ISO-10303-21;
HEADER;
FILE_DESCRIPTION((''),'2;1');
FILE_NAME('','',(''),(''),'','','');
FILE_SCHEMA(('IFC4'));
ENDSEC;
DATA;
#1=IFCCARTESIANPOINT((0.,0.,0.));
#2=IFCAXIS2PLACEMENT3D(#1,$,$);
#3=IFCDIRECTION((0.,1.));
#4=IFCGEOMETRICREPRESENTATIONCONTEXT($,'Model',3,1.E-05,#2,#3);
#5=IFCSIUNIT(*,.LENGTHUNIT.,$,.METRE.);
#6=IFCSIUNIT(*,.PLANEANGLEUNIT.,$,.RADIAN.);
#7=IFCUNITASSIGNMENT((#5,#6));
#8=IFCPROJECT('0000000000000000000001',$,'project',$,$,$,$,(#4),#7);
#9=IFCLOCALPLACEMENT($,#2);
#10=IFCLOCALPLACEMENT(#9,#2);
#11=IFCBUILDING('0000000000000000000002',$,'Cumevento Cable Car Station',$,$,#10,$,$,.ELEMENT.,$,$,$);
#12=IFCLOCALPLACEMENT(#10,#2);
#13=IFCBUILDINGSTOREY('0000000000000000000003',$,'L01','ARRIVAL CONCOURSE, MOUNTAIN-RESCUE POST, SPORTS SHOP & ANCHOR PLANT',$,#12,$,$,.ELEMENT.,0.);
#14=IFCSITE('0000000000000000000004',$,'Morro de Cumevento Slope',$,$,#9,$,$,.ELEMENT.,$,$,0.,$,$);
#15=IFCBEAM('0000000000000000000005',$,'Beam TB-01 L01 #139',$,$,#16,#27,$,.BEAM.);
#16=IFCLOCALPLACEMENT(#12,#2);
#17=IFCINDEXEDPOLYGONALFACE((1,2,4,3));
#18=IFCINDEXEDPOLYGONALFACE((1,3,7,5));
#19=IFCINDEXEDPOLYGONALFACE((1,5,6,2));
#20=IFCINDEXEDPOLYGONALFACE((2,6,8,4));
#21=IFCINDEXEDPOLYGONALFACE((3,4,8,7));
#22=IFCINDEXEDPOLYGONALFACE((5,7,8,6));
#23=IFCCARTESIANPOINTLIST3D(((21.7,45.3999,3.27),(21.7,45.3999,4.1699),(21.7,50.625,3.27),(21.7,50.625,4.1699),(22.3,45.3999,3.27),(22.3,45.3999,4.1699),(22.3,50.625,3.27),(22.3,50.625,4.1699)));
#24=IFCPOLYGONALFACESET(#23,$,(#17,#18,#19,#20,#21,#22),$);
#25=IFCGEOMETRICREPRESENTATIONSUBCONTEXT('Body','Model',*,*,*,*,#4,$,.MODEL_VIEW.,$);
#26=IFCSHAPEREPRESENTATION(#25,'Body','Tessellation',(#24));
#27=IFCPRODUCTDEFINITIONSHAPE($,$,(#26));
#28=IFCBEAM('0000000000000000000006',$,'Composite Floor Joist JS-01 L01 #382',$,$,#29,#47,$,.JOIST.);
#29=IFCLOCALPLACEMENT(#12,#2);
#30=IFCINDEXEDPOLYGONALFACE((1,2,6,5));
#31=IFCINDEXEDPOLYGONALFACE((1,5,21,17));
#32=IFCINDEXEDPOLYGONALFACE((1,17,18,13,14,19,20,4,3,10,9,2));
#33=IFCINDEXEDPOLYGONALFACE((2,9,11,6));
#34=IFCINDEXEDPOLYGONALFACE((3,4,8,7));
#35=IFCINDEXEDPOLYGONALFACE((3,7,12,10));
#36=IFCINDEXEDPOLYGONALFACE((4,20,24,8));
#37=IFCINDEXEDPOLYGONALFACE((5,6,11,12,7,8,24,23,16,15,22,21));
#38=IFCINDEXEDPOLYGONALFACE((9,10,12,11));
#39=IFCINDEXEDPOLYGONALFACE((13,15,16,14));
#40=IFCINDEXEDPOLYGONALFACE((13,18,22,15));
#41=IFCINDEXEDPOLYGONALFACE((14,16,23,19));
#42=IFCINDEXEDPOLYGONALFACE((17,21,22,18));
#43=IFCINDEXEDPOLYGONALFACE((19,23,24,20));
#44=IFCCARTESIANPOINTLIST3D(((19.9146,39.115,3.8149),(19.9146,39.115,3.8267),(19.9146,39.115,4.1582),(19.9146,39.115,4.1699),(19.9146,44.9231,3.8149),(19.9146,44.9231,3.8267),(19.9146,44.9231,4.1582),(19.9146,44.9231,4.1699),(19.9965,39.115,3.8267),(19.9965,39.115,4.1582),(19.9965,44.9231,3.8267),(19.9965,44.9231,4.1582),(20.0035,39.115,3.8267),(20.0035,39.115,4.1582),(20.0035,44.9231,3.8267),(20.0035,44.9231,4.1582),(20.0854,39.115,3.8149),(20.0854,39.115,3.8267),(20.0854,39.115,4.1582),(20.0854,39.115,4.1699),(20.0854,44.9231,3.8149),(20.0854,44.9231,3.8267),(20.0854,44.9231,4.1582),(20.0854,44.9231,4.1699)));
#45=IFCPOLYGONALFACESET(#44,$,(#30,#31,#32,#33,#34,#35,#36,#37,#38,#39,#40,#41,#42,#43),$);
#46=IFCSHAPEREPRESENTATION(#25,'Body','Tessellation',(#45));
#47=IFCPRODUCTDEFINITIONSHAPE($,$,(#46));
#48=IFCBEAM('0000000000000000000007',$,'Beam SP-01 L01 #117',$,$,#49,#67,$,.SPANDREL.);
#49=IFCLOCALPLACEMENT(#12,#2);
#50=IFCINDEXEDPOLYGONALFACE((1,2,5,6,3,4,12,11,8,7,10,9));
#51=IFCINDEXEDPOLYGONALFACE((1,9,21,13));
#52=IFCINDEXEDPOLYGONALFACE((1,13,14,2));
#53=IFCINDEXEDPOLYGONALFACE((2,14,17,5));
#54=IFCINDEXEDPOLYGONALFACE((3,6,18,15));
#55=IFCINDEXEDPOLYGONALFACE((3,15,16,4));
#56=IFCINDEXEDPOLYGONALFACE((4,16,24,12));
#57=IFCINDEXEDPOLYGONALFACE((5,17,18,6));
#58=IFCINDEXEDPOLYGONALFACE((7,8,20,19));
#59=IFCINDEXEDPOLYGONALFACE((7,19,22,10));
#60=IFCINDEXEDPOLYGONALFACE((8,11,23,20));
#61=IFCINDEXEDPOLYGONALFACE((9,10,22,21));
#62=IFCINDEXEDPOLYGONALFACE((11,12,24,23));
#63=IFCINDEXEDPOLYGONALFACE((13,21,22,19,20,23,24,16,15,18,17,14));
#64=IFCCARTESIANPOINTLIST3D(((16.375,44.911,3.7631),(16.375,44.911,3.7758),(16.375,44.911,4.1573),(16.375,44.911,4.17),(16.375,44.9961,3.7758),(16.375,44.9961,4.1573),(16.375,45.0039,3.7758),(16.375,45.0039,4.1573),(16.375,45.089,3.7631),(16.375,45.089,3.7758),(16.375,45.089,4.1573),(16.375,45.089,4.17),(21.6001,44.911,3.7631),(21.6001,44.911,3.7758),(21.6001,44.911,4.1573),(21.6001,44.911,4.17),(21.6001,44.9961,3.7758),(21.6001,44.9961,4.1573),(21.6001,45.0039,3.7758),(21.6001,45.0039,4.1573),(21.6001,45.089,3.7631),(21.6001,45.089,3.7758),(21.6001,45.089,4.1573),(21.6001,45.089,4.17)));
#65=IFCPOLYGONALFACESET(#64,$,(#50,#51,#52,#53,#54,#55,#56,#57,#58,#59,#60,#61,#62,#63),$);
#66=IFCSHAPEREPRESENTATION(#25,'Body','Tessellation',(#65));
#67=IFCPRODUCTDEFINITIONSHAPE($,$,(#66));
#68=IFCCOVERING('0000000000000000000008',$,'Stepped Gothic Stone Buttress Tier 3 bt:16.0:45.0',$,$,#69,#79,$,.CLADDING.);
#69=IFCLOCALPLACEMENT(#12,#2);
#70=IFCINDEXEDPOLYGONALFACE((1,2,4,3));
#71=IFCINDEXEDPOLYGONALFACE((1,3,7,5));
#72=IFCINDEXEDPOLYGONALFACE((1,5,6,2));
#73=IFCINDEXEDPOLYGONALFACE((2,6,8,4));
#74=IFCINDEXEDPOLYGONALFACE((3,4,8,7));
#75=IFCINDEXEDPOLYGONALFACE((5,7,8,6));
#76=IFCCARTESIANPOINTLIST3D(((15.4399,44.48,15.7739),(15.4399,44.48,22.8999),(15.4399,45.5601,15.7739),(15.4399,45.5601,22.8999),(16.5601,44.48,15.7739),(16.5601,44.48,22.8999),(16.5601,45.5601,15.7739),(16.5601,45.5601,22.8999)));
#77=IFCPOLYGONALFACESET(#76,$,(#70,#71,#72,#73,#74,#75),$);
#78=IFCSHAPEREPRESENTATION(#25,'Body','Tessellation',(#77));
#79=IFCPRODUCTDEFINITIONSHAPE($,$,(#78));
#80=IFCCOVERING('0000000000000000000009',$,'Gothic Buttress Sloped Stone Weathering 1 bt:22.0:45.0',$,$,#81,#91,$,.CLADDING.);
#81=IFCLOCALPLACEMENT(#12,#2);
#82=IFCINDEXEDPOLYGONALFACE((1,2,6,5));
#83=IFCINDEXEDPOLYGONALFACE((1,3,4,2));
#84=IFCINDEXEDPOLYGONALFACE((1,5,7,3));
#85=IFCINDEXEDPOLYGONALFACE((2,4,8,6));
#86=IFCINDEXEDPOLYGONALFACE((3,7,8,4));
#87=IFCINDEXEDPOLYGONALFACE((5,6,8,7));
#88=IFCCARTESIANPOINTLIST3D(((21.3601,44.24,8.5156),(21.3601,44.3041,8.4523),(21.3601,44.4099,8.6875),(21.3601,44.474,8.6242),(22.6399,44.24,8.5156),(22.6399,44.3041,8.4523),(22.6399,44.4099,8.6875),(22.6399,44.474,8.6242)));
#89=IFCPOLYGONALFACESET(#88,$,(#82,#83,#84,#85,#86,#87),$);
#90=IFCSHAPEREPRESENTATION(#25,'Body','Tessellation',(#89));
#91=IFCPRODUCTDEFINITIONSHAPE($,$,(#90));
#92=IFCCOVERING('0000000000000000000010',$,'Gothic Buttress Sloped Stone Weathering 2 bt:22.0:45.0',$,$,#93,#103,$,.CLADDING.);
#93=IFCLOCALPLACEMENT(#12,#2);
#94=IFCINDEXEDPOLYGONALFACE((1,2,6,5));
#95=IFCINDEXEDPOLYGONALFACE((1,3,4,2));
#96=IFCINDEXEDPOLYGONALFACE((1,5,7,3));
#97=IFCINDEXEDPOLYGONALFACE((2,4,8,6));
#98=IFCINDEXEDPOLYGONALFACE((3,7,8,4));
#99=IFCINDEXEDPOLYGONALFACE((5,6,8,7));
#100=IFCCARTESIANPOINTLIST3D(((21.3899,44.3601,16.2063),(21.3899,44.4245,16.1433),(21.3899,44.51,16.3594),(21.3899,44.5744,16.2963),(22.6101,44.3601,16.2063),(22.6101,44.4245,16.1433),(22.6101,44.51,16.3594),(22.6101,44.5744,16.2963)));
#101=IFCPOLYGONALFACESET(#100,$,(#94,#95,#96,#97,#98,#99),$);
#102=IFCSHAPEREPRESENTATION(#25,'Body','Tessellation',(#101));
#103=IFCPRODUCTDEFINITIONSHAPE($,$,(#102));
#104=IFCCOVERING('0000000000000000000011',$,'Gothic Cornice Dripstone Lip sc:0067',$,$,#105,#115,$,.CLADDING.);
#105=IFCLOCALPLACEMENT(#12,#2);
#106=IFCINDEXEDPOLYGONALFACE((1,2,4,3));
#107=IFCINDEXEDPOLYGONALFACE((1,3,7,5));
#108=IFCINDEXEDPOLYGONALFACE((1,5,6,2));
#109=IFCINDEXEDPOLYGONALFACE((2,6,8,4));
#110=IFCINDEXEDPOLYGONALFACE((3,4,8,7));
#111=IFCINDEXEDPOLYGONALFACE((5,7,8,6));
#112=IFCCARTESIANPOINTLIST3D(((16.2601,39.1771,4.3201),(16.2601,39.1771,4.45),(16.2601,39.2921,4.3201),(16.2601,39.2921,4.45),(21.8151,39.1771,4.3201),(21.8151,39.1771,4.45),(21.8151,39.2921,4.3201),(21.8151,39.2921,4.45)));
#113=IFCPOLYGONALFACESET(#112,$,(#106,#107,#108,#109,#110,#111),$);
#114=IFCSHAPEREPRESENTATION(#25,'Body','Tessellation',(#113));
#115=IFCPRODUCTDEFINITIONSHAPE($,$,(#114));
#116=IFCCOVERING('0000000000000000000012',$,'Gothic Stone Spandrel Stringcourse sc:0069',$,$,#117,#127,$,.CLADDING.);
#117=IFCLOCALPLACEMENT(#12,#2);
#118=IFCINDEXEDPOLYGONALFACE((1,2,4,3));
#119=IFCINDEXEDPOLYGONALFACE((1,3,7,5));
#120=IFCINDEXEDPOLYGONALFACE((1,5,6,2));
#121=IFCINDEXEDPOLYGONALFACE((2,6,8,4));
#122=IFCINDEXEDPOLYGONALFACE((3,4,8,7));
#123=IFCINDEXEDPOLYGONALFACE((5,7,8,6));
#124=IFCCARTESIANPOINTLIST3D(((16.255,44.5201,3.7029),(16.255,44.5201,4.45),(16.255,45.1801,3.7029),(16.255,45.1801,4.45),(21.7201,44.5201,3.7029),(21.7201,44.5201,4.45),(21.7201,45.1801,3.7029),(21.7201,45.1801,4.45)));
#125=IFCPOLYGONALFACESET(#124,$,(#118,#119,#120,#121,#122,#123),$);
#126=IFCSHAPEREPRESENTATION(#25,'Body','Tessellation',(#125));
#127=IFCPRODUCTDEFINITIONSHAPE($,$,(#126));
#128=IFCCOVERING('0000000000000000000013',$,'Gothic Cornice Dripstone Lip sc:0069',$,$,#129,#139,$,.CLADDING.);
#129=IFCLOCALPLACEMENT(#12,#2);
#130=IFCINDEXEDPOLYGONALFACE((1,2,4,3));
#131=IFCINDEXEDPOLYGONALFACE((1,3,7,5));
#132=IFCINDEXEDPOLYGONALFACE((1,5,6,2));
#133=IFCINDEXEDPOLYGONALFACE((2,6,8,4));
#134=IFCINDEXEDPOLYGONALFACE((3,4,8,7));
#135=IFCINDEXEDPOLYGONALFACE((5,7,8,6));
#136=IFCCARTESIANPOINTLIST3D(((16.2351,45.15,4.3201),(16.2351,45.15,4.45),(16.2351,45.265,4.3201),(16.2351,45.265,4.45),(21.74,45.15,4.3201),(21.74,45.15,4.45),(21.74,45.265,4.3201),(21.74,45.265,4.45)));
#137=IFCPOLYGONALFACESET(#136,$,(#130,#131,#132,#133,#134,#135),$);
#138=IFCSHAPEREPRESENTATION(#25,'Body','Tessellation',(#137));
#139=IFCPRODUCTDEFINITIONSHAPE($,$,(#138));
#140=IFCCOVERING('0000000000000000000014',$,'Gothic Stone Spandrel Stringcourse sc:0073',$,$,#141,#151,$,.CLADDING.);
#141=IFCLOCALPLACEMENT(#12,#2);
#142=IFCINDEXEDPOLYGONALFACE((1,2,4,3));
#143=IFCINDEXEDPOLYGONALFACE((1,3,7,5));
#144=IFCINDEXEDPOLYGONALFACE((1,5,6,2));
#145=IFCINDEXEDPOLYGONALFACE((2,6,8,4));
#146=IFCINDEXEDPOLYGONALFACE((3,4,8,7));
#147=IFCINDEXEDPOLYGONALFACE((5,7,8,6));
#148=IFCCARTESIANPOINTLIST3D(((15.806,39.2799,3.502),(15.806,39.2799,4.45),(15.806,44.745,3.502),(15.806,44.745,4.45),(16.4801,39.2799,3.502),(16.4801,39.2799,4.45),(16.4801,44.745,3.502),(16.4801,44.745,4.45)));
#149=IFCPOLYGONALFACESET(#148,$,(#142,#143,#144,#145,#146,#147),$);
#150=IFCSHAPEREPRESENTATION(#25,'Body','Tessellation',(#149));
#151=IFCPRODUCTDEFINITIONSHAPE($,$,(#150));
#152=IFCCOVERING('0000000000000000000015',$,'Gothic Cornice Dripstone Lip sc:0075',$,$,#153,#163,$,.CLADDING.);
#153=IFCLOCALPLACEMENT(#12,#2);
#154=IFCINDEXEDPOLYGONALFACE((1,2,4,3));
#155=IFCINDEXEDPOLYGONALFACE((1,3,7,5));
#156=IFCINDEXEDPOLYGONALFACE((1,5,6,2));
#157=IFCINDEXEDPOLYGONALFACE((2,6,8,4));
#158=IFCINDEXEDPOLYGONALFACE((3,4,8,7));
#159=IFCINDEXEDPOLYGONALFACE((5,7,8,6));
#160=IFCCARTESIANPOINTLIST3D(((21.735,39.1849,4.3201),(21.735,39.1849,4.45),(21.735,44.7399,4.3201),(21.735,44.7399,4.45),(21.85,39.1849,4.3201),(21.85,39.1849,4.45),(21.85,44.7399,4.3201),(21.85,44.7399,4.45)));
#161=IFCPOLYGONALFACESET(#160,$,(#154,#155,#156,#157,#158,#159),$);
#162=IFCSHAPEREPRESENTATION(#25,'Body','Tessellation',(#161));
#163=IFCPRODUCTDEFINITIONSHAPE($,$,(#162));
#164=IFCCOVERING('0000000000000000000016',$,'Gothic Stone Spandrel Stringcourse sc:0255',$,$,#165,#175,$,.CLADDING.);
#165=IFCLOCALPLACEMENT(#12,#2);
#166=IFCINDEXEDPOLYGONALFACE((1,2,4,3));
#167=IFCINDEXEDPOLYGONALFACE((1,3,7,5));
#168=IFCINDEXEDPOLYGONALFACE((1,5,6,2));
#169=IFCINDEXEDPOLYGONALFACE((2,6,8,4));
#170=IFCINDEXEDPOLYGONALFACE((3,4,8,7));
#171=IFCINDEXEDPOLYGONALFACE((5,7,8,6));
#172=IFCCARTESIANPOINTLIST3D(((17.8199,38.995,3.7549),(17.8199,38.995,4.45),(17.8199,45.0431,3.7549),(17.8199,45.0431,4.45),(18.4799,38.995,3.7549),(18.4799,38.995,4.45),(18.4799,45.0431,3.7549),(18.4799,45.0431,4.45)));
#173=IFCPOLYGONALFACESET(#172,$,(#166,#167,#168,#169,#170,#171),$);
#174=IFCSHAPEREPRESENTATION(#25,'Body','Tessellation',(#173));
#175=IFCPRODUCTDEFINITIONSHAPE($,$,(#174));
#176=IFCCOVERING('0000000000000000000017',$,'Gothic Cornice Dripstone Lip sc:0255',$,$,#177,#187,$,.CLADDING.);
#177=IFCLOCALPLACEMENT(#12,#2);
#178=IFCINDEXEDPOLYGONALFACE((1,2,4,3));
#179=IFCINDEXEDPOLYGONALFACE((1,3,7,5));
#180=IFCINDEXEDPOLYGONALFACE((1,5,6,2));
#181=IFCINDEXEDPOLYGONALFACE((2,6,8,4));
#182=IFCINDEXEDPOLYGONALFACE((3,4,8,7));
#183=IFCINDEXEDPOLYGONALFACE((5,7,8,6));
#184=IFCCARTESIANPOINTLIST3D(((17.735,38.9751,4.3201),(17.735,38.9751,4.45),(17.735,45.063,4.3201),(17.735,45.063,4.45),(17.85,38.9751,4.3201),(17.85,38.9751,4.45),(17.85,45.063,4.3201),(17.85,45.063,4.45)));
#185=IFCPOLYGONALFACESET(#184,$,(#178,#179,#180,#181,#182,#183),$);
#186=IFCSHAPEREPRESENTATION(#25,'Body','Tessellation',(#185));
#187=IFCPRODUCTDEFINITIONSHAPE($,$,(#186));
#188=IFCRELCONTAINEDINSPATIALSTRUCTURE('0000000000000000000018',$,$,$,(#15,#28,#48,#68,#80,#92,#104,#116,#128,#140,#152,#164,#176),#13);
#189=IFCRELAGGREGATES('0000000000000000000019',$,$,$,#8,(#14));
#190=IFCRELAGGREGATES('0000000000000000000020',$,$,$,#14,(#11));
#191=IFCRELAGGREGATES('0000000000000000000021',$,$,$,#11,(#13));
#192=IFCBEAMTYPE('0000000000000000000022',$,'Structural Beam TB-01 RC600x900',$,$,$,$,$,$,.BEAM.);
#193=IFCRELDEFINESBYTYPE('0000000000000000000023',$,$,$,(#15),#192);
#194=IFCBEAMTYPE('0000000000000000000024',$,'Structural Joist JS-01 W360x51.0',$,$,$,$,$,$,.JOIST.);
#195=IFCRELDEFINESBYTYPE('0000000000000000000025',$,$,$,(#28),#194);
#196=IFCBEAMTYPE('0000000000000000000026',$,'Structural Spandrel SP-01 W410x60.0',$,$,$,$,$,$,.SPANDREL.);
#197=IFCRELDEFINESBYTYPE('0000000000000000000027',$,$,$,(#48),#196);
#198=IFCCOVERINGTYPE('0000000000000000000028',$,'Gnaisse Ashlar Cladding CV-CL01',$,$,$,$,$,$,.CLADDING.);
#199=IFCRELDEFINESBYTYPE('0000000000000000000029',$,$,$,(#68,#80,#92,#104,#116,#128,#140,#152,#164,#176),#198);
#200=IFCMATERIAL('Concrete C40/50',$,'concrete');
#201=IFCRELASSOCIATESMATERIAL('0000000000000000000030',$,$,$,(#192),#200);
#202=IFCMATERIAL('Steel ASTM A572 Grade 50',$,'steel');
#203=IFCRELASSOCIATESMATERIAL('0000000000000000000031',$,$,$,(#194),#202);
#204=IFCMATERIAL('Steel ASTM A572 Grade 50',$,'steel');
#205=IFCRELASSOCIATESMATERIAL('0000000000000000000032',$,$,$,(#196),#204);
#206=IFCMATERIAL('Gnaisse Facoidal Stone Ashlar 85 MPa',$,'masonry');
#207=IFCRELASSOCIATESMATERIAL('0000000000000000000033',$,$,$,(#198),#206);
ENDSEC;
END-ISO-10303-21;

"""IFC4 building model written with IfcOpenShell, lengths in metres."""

from ifc_helpers import new_model, si_unit, direction, frame, origin, origin_2d, place, context, subcontext, project, spatial, polyline, rectangle, i_section, outline, extrude, material, material_profile, profile_set, type_object, element, save


model = new_model("IFC4")

# Units and contexts
model_context = context("Model", 3, precision=1e-05, world=origin(), true_north=direction((0.0, 1.0)))
body_context = subcontext(model_context, "Body", "Model", "MODEL_VIEW")
ifc_project = project(units=[si_unit("LENGTHUNIT", "METRE"), si_unit("PLANEANGLEUNIT", "RADIAN")], contexts=[model_context])

# Site, building, storey
site_placement = place(None, origin())
site = spatial("IfcSite", under=ifc_project, at=site_placement, Name="Morro de Cumevento Slope", CompositionType="ELEMENT", RefElevation=0.0)
building_placement = place(site_placement, origin())
building = spatial("IfcBuilding", under=site, at=building_placement, Name="Cumevento Cable Car Station", CompositionType="ELEMENT")
storey_placement = place(building_placement, origin())
storey = spatial("IfcBuildingStorey", under=building, at=storey_placement, Name="L01", Description="ARRIVAL CONCOURSE, MOUNTAIN-RESCUE POST, SPORTS SHOP & ANCHOR PLANT", CompositionType="ELEMENT", Elevation=0.0)

# Beams
ifc_material_1 = material(Name="Concrete C40/50", Category="concrete")
ifc_material_profile_1 = material_profile(ifc_material_1, rectangle(XDim=0.6001, YDim=0.8999, at=origin_2d()), Name="RC600x900")
ifc_profile_set_1 = profile_set([ifc_material_profile_1], Name="Concrete C40/50")
beam_type_1 = type_object("IfcBeamType", Name="Structural Beam TB-01 RC600x900", PredefinedType="BEAM", material=ifc_profile_set_1)
beam_1_placement = place(storey_placement, frame((22.0, 45.3999, 3.72), z_axis=(0.0, 1.0, 0.0), x_axis=(-1.0, 0.0, 0.0)))
element("IfcBeam", 1, at=beam_1_placement, inside=storey, type_object=beam_type_1, Name="Beam TB-01 L01 #139", PredefinedType="BEAM", context=body_context, shape_type="SweptSolid", body=[
    extrude(rectangle(XDim=0.6001, YDim=0.8999, at=origin_2d()), origin(), (0.0, 0.0, 1.0), 5.2251),
])
ifc_material_2 = material(Name="Steel ASTM A572 Grade 50", Category="steel")
ifc_material_profile_2 = material_profile(ifc_material_2, i_section(OverallWidth=0.1709, OverallDepth=0.355, WebThickness=0.0071, FlangeThickness=0.0117, at=origin_2d()), Name="W360x51.0")
ifc_profile_set_2 = profile_set([ifc_material_profile_2], Name="Steel ASTM A572 Grade 50")
beam_type_2 = type_object("IfcBeamType", Name="Structural Joist JS-01 W360x51.0", PredefinedType="JOIST", material=ifc_profile_set_2)
beam_2_placement = place(storey_placement, frame((20.0, 39.115, 3.9924), z_axis=(0.0, 1.0, 0.0), x_axis=(-1.0, 0.0, 0.0)))
element("IfcBeam", 2, at=beam_2_placement, inside=storey, type_object=beam_type_2, Name="Composite Floor Joist JS-01 L01 #382", PredefinedType="JOIST", context=body_context, shape_type="SweptSolid", body=[
    extrude(i_section(OverallWidth=0.1709, OverallDepth=0.355, WebThickness=0.0071, FlangeThickness=0.0117, at=origin_2d()), origin(), (0.0, 0.0, 1.0), 5.8081),
])
ifc_material_3 = material(Name="Steel ASTM A572 Grade 50", Category="steel")
ifc_material_profile_3 = material_profile(ifc_material_3, i_section(OverallWidth=0.178, OverallDepth=0.407, WebThickness=0.0078, FlangeThickness=0.0127, at=origin_2d()), Name="W410x60.0")
ifc_profile_set_3 = profile_set([ifc_material_profile_3], Name="Steel ASTM A572 Grade 50")
beam_type_3 = type_object("IfcBeamType", Name="Structural Spandrel SP-01 W410x60.0", PredefinedType="SPANDREL", material=ifc_profile_set_3)
beam_3_placement = place(storey_placement, frame((16.375, 45.0, 3.9666), z_axis=(1.0, 0.0, 0.0), x_axis=(0.0, 1.0, 0.0)))
element("IfcBeam", 3, at=beam_3_placement, inside=storey, type_object=beam_type_3, Name="Beam SP-01 L01 #117", PredefinedType="SPANDREL", context=body_context, shape_type="SweptSolid", body=[
    extrude(i_section(OverallWidth=0.178, OverallDepth=0.407, WebThickness=0.0078, FlangeThickness=0.0127, at=origin_2d()), origin(), (0.0, 0.0, 1.0), 5.2251),
])

# Coverings
ifc_material_4 = material(Name="Gnaisse Facoidal Stone Ashlar 85 MPa", Category="masonry")
covering_type = type_object("IfcCoveringType", Name="Gnaisse Ashlar Cladding CV-CL01", PredefinedType="CLADDING", material=ifc_material_4)
covering_1_placement = place(storey_placement, frame((16.0, 45.02, 15.7739), z_axis=(0.0, 0.0, 1.0), x_axis=(1.0, 0.0, 0.0)))
element("IfcCovering", 4, at=covering_1_placement, inside=storey, type_object=covering_type, Name="Stepped Gothic Stone Buttress Tier 3 bt:16.0:45.0", PredefinedType="CLADDING", context=body_context, shape_type="SweptSolid", body=[
    extrude(rectangle(XDim=1.1201, YDim=1.0801, at=origin_2d()), origin(), (0.0, 0.0, 1.0), 7.126),
])
covering_2_placement = place(storey_placement, frame((21.3601, 44.24, 8.5156), z_axis=(0.0, -0.711136, 0.703055), x_axis=(1.0, 0.0, 0.0)))
element("IfcCovering", 5, at=covering_2_placement, inside=storey, type_object=covering_type, Name="Gothic Buttress Sloped Stone Weathering 1 bt:22.0:45.0", PredefinedType="CLADDING", context=body_context, shape_type="SweptSolid", body=[
    extrude(outline(polyline([(0.0, 0.0), (1.2798, 0.0), (1.2798, 0.2417), (0.0, 0.2417), (0.0, 0.0)])), origin(), (0.0, 0.0, -1.0), 0.0901),
])
covering_3_placement = place(storey_placement, frame((21.3899, 44.3601, 16.2063), z_axis=(0.0, -0.714475, 0.699661), x_axis=(1.0, 0.0, 0.0)))
element("IfcCovering", 6, at=covering_3_placement, inside=storey, type_object=covering_type, Name="Gothic Buttress Sloped Stone Weathering 2 bt:22.0:45.0", PredefinedType="CLADDING", context=body_context, shape_type="SweptSolid", body=[
    extrude(outline(polyline([(0.0, 0.0), (1.2202, 0.0), (1.2202, 0.2142), (0.0, 0.2142), (0.0, 0.0)])), origin(), (0.0, 0.0, -1.0), 0.0901),
])
covering_4_placement = place(storey_placement, frame((19.0376, 39.2346, 4.3201), z_axis=(0.0, 0.0, 1.0), x_axis=(1.0, 0.0, 0.0)))
element("IfcCovering", 7, at=covering_4_placement, inside=storey, type_object=covering_type, Name="Gothic Cornice Dripstone Lip sc:0067", PredefinedType="CLADDING", context=body_context, shape_type="SweptSolid", body=[
    extrude(rectangle(XDim=5.5549, YDim=0.115, at=origin_2d()), origin(), (0.0, 0.0, 1.0), 0.1299),
])
covering_5_placement = place(storey_placement, frame((18.9875, 44.8501, 3.7029), z_axis=(0.0, 0.0, 1.0), x_axis=(1.0, 0.0, 0.0)))
element("IfcCovering", 8, at=covering_5_placement, inside=storey, type_object=covering_type, Name="Gothic Stone Spandrel Stringcourse sc:0069", PredefinedType="CLADDING", context=body_context, shape_type="SweptSolid", body=[
    extrude(rectangle(XDim=5.4651, YDim=0.6599, at=origin_2d()), origin(), (0.0, 0.0, 1.0), 0.7471),
])
covering_6_placement = place(storey_placement, frame((18.9875, 45.2075, 4.3201), z_axis=(0.0, 0.0, 1.0), x_axis=(1.0, 0.0, 0.0)))
element("IfcCovering", 9, at=covering_6_placement, inside=storey, type_object=covering_type, Name="Gothic Cornice Dripstone Lip sc:0069", PredefinedType="CLADDING", context=body_context, shape_type="SweptSolid", body=[
    extrude(rectangle(XDim=5.5049, YDim=0.115, at=origin_2d()), origin(), (0.0, 0.0, 1.0), 0.1299),
])
covering_7_placement = place(storey_placement, frame((16.1431, 42.0125, 3.502), z_axis=(0.0, 0.0, 1.0), x_axis=(0.0, 1.0, 0.0)))
element("IfcCovering", 10, at=covering_7_placement, inside=storey, type_object=covering_type, Name="Gothic Stone Spandrel Stringcourse sc:0073", PredefinedType="CLADDING", context=body_context, shape_type="SweptSolid", body=[
    extrude(rectangle(XDim=5.4651, YDim=0.6741, at=origin_2d()), origin(), (0.0, 0.0, 1.0), 0.948),
])
covering_8_placement = place(storey_placement, frame((21.7925, 41.9624, 4.3201), z_axis=(0.0, 0.0, 1.0), x_axis=(0.0, 1.0, 0.0)))
element("IfcCovering", 11, at=covering_8_placement, inside=storey, type_object=covering_type, Name="Gothic Cornice Dripstone Lip sc:0075", PredefinedType="CLADDING", context=body_context, shape_type="SweptSolid", body=[
    extrude(rectangle(XDim=5.5549, YDim=0.115, at=origin_2d()), origin(), (0.0, 0.0, 1.0), 0.1299),
])
covering_9_placement = place(storey_placement, frame((18.1499, 42.019, 3.7549), z_axis=(0.0, 0.0, 1.0), x_axis=(0.0, 1.0, 0.0)))
element("IfcCovering", 12, at=covering_9_placement, inside=storey, type_object=covering_type, Name="Gothic Stone Spandrel Stringcourse sc:0255", PredefinedType="CLADDING", context=body_context, shape_type="SweptSolid", body=[
    extrude(rectangle(XDim=6.0481, YDim=0.6599, at=origin_2d()), origin(), (0.0, 0.0, 1.0), 0.6951),
])
covering_10_placement = place(storey_placement, frame((17.7925, 42.019, 4.3201), z_axis=(0.0, 0.0, 1.0), x_axis=(0.0, 1.0, 0.0)))
element("IfcCovering", 13, at=covering_10_placement, inside=storey, type_object=covering_type, Name="Gothic Cornice Dripstone Lip sc:0255", PredefinedType="CLADDING", context=body_context, shape_type="SweptSolid", body=[
    extrude(rectangle(XDim=6.0879, YDim=0.115, at=origin_2d()), origin(), (0.0, 0.0, 1.0), 0.1299),
])

save(model, "model.ifc")
